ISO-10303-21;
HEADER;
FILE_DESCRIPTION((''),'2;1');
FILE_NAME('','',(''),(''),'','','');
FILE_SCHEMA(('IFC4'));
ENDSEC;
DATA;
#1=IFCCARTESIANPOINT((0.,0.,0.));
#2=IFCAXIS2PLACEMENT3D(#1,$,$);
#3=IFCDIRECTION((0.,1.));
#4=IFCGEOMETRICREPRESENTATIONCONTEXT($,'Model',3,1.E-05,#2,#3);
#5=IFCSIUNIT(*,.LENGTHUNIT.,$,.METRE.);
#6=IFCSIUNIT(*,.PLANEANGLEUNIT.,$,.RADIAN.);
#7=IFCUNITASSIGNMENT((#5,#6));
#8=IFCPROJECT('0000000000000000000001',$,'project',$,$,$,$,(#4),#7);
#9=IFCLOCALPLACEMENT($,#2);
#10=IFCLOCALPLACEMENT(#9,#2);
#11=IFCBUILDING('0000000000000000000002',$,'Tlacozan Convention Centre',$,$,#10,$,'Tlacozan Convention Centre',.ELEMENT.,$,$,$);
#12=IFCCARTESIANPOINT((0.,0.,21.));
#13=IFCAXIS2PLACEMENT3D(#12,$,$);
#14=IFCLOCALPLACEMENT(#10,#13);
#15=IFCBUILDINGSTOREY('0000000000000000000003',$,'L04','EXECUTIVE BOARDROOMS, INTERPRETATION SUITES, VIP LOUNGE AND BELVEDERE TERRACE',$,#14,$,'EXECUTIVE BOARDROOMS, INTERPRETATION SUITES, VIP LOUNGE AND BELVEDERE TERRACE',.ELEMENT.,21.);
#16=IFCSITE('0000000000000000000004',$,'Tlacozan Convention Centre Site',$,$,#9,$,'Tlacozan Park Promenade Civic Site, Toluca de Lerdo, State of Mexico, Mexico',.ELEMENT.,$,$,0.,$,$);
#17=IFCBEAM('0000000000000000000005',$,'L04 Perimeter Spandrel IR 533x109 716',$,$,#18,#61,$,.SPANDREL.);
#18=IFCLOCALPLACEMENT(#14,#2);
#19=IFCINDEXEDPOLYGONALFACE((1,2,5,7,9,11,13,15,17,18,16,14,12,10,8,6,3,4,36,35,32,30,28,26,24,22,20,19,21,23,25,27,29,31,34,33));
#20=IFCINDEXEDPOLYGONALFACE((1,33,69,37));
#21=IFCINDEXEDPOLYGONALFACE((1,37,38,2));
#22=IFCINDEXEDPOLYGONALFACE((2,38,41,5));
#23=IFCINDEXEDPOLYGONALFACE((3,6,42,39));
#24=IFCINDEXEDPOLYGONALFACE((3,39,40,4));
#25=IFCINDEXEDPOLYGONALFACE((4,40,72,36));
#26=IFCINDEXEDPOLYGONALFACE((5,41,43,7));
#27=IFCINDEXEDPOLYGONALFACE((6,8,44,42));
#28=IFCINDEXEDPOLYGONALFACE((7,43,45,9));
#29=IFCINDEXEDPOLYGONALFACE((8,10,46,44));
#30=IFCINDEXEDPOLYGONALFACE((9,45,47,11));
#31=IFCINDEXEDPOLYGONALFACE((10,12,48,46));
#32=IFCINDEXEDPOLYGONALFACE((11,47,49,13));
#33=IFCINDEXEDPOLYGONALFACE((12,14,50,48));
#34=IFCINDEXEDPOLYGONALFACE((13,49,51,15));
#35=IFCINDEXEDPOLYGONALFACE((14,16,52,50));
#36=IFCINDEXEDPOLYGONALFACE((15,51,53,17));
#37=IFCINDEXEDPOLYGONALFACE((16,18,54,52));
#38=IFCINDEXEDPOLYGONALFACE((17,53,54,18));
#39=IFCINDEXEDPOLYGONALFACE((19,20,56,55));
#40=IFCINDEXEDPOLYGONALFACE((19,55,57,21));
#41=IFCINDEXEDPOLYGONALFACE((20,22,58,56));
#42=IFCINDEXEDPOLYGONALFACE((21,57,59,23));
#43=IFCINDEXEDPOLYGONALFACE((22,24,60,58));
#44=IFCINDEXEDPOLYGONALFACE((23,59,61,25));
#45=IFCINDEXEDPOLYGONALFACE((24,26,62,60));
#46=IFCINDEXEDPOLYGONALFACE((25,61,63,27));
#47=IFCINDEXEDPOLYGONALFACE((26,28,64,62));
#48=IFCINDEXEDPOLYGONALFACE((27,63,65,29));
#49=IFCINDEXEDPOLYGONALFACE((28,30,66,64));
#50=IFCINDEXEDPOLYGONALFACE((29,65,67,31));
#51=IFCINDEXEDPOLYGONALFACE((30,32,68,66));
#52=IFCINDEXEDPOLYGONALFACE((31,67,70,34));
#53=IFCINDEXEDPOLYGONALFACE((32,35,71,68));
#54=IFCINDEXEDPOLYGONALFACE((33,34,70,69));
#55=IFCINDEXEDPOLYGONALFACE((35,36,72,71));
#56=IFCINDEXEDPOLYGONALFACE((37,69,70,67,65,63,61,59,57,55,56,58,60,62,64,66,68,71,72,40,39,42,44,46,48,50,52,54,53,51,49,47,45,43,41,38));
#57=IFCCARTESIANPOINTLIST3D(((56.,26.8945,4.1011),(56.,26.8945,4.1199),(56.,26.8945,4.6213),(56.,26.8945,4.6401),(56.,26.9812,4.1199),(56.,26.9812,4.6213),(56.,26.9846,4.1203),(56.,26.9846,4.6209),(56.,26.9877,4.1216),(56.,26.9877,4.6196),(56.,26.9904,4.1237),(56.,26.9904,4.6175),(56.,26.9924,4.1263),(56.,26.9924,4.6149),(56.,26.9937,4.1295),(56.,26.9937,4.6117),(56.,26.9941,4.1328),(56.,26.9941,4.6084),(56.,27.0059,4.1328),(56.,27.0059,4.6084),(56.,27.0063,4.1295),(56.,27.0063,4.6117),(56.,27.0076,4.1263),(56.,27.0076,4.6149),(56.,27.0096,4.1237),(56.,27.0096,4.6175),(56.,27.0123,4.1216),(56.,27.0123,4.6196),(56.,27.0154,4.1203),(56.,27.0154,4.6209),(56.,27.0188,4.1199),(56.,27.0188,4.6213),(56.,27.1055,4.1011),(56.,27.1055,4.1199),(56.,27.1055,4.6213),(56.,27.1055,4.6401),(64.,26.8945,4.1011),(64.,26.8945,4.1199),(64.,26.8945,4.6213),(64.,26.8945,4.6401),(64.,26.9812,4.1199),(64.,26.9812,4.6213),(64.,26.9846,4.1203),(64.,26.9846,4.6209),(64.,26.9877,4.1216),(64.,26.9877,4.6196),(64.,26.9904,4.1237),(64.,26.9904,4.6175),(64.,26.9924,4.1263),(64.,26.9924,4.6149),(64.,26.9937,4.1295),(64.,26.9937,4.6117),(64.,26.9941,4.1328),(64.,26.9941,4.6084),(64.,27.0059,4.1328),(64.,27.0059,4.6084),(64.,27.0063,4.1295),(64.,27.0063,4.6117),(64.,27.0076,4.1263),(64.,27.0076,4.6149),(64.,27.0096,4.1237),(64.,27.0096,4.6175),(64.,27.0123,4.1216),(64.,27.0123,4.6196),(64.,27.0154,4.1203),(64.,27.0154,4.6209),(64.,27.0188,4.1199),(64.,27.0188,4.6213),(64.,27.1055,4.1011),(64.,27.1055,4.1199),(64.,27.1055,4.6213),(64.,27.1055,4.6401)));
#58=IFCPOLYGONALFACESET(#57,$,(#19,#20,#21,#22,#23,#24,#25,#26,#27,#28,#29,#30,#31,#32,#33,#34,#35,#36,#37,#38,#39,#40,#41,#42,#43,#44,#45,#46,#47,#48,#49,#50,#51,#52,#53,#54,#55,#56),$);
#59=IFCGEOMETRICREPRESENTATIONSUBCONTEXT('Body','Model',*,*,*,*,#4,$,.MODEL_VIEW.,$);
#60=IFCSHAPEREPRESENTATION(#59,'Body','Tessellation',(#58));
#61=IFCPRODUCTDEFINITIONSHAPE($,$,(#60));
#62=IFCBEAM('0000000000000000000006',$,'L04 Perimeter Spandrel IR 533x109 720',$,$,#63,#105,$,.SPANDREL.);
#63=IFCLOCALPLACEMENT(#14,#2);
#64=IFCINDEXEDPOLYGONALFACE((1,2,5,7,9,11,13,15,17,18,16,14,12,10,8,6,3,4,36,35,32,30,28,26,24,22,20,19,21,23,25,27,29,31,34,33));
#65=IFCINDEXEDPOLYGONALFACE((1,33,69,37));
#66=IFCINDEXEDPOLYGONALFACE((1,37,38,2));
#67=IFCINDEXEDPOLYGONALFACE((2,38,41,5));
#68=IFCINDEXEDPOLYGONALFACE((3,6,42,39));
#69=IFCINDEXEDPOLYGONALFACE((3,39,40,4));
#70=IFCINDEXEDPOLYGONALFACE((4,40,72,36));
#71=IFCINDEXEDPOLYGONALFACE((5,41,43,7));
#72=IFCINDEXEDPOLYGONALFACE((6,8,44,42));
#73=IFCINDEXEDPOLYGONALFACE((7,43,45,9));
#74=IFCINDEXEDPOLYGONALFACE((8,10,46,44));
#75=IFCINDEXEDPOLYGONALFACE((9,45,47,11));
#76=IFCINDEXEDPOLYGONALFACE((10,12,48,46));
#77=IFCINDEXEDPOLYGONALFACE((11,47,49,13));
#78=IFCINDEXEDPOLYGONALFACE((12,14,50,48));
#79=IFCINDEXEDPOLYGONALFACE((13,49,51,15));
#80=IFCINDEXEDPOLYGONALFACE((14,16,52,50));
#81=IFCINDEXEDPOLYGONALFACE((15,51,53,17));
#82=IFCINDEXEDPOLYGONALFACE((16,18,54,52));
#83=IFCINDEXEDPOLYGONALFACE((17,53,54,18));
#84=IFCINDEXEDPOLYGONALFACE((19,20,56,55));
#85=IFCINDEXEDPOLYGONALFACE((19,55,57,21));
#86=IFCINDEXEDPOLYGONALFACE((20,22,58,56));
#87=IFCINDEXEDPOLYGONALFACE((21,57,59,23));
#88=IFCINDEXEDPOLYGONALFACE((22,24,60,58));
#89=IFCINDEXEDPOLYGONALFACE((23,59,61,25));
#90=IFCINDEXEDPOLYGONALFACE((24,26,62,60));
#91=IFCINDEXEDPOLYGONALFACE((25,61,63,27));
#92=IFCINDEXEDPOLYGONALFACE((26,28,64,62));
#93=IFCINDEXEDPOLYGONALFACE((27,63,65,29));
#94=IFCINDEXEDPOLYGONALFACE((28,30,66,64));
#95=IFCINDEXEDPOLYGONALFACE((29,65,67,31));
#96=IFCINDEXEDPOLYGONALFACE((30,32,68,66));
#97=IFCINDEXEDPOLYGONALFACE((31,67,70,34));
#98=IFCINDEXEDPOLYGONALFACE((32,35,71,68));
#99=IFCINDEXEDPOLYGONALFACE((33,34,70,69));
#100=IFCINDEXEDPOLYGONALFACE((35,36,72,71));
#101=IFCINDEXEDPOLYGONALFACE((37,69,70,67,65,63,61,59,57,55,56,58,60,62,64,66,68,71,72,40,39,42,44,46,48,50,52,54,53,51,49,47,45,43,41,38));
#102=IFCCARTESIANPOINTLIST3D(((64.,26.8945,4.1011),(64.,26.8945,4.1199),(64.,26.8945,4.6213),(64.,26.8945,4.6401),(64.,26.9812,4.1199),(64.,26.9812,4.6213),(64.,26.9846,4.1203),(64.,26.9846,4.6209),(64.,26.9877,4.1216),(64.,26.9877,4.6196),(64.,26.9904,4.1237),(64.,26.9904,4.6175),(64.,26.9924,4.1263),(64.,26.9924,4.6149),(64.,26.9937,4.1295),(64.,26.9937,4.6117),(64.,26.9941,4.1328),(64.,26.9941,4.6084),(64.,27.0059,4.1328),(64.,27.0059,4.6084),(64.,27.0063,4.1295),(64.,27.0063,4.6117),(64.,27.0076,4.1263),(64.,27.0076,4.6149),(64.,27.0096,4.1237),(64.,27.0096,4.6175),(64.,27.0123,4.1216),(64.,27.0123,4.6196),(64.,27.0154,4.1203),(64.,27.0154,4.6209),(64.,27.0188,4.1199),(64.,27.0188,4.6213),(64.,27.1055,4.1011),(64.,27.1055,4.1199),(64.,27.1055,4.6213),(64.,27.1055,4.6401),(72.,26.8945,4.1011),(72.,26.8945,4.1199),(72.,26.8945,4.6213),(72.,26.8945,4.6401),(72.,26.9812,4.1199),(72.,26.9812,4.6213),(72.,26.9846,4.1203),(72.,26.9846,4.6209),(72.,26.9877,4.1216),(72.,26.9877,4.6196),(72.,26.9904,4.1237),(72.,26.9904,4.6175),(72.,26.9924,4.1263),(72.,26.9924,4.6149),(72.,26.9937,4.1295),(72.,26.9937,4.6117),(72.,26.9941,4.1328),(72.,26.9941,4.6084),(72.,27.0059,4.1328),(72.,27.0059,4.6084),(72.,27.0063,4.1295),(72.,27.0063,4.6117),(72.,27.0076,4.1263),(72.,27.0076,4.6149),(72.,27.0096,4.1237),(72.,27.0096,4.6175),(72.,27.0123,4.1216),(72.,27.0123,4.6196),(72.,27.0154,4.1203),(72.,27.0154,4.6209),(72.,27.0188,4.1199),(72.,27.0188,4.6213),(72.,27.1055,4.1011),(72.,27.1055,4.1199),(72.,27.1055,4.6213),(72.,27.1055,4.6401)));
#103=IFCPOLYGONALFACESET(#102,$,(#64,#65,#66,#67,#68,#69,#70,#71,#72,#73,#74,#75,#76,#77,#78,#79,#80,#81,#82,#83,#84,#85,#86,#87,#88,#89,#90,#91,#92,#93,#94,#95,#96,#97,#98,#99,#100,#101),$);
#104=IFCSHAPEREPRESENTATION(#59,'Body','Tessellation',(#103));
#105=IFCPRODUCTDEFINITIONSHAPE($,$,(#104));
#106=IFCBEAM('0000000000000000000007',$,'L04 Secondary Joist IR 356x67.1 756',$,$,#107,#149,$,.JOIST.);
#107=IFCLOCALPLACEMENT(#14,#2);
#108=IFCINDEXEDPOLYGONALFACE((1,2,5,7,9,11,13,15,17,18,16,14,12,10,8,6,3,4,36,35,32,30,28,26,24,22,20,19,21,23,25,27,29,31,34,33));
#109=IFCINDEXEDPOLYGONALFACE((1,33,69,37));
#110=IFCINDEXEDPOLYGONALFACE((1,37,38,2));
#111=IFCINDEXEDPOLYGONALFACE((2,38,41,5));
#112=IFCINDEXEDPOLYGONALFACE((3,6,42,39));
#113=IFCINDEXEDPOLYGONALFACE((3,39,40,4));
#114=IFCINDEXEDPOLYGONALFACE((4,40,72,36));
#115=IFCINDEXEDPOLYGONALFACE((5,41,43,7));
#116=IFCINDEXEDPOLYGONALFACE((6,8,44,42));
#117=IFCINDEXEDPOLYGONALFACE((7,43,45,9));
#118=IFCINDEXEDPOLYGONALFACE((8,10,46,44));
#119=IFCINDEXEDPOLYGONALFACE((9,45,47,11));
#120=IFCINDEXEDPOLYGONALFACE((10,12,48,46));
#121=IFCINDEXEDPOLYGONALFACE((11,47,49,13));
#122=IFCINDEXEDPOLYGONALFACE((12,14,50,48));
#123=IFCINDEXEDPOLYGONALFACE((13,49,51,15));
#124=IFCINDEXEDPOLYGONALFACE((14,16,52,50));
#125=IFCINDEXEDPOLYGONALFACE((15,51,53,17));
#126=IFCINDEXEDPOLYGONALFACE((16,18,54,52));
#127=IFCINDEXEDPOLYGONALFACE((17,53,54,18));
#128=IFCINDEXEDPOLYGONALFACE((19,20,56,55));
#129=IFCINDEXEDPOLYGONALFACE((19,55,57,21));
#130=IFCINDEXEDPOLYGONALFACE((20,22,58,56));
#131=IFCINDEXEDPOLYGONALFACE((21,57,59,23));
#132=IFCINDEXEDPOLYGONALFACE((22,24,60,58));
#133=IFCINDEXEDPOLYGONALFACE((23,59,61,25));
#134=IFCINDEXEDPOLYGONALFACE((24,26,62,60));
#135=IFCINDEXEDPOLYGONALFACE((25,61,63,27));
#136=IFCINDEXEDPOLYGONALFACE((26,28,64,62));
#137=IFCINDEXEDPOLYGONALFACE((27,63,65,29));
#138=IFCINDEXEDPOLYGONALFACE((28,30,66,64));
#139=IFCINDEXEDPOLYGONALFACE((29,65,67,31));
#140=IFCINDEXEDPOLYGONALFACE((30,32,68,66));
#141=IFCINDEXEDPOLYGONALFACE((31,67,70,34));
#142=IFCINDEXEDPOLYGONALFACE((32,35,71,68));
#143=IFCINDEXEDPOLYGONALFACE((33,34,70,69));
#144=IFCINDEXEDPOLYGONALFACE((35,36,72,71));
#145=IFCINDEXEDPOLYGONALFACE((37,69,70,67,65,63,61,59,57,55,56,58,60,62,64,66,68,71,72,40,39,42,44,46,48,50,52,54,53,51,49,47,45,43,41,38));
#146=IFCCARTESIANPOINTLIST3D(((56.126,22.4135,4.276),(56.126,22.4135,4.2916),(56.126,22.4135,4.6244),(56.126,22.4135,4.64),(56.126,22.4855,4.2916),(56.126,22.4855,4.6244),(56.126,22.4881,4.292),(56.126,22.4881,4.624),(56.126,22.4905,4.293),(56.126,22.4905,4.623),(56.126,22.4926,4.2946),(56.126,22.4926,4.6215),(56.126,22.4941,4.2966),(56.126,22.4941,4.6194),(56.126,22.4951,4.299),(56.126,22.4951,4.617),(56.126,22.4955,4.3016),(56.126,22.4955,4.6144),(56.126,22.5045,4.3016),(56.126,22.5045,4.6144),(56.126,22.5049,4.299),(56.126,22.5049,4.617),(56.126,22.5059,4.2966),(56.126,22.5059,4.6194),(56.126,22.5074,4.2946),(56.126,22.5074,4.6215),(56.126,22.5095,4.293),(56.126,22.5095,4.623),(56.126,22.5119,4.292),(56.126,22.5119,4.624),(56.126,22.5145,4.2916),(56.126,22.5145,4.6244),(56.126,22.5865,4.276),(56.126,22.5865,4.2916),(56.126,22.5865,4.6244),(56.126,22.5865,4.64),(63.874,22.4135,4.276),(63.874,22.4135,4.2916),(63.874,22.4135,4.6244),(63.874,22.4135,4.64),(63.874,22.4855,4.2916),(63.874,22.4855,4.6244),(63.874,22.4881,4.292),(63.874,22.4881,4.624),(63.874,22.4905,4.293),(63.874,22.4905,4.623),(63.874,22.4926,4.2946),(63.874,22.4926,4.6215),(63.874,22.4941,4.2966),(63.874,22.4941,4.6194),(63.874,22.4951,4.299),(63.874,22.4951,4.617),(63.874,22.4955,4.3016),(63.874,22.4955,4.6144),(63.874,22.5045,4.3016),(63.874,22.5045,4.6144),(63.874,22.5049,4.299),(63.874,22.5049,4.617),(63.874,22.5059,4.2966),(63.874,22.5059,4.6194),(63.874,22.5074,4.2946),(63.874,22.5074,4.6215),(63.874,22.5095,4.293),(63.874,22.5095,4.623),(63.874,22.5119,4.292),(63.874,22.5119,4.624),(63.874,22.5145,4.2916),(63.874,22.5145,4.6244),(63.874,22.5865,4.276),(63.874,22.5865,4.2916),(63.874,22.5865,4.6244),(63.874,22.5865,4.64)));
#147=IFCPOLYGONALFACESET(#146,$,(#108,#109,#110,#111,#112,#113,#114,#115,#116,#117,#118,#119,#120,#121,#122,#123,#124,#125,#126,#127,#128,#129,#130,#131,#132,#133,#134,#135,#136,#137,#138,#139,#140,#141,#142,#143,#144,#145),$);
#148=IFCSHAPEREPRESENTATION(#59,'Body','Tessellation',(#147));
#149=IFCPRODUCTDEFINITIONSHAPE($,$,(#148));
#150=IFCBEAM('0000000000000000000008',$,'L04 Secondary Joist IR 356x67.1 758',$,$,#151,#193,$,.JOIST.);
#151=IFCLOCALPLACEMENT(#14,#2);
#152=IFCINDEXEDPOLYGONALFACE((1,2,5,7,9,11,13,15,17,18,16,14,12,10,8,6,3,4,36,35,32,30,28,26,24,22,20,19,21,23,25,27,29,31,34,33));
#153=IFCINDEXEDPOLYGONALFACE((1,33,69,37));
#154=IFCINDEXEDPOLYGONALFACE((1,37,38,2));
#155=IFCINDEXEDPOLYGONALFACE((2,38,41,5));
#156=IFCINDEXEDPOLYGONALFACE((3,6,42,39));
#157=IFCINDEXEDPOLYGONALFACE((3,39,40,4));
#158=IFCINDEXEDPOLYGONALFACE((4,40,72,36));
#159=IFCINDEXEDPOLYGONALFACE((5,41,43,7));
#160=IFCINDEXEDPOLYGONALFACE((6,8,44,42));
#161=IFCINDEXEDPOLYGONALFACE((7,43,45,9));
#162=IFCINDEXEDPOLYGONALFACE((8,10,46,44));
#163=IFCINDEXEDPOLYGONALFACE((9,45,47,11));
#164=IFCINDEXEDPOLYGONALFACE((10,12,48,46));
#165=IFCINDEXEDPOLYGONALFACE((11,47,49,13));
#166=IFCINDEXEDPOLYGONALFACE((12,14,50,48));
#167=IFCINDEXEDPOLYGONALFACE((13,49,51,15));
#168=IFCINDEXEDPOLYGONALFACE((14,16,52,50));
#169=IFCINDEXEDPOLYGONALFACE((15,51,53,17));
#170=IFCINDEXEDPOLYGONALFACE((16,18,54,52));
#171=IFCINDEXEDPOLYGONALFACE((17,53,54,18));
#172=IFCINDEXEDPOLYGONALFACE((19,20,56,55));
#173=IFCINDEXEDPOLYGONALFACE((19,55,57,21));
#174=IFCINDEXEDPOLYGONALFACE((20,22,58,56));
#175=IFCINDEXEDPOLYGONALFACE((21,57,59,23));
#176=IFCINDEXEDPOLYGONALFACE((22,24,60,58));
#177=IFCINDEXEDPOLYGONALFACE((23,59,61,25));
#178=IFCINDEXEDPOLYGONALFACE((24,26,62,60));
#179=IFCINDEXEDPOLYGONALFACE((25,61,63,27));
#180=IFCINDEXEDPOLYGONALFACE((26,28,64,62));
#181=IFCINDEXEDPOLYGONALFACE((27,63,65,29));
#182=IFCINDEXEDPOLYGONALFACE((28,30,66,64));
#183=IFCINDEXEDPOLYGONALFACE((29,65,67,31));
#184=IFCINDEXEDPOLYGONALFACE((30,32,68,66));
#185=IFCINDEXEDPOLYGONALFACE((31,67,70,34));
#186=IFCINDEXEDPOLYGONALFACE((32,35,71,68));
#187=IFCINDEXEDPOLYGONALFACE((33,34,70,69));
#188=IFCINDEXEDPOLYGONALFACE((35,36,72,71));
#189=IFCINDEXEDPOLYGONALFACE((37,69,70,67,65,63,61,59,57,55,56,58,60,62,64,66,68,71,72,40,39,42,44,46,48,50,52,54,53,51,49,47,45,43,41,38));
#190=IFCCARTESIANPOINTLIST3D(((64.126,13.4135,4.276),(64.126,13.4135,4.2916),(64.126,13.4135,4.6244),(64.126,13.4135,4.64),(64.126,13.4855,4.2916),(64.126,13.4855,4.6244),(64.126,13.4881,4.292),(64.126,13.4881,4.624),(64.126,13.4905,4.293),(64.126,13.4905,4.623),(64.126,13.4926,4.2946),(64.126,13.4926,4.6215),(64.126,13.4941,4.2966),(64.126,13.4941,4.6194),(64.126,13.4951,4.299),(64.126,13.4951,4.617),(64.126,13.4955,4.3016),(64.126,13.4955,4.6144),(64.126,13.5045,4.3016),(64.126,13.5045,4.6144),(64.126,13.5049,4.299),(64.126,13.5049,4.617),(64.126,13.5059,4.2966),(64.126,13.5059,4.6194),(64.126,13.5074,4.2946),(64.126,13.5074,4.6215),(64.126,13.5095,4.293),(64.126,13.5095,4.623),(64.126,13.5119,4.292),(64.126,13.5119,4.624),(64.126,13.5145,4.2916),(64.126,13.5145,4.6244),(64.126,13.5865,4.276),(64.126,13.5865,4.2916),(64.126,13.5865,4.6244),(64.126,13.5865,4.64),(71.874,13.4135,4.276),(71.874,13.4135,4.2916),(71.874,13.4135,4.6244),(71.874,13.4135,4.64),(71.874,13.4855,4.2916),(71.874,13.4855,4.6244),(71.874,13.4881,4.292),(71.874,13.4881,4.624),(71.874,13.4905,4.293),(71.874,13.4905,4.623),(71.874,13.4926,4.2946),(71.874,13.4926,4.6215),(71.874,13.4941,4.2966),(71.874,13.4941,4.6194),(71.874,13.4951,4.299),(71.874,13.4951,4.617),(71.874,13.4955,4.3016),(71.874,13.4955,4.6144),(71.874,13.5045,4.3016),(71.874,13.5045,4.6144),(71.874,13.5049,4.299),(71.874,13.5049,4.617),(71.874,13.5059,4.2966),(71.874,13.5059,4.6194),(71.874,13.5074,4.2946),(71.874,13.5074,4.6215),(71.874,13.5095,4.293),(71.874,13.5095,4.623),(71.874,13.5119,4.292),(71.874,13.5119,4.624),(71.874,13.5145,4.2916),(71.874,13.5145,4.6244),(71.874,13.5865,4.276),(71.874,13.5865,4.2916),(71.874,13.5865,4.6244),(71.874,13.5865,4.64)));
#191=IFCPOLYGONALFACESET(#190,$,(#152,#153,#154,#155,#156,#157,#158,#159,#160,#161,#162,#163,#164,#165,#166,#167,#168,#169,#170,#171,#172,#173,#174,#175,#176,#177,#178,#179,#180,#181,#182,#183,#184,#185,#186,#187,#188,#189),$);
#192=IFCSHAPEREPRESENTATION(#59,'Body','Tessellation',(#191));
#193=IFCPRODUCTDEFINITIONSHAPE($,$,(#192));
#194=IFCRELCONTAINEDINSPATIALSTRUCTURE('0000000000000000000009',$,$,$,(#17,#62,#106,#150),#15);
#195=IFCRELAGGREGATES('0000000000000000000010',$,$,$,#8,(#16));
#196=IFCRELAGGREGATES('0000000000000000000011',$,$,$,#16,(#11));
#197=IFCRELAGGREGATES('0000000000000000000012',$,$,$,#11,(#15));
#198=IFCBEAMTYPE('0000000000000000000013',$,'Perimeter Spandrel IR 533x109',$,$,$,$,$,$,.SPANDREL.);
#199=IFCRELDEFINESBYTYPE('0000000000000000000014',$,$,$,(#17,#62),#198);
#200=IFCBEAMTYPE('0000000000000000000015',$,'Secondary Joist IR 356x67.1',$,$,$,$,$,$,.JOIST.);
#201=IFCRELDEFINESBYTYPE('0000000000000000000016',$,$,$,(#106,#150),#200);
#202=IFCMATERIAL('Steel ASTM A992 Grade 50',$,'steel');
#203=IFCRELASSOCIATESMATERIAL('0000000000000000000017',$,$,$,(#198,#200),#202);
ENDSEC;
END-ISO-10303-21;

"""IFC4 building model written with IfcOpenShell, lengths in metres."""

from ifc_helpers import new_model, si_unit, direction, frame, origin, origin_2d, place, context, subcontext, project, spatial, i_section, extrude, material, material_profile, profile_set, type_object, element, save


model = new_model("IFC4")

# Units and contexts
model_context = context("Model", 3, precision=1e-05, world=origin(), true_north=direction((0.0, 1.0)))
body_context = subcontext(model_context, "Body", "Model", "MODEL_VIEW")
ifc_project = project(units=[si_unit("LENGTHUNIT", "METRE"), si_unit("PLANEANGLEUNIT", "RADIAN")], contexts=[model_context])

# Site, building, storey
site_placement = place(None, origin())
site = spatial("IfcSite", under=ifc_project, at=site_placement, Name="Tlacozan Convention Centre Site", LongName="Tlacozan Park Promenade Civic Site, Toluca de Lerdo, State of Mexico, Mexico", CompositionType="ELEMENT", RefElevation=0.0)
building_placement = place(site_placement, origin())
building = spatial("IfcBuilding", under=site, at=building_placement, Name="Tlacozan Convention Centre", LongName="Tlacozan Convention Centre", CompositionType="ELEMENT")
storey_placement = place(building_placement, frame((0.0, 0.0, 21.0)))
storey = spatial("IfcBuildingStorey", under=building, at=storey_placement, Name="L04", Description="EXECUTIVE BOARDROOMS, INTERPRETATION SUITES, VIP LOUNGE AND BELVEDERE TERRACE", LongName="EXECUTIVE BOARDROOMS, INTERPRETATION SUITES, VIP LOUNGE AND BELVEDERE TERRACE", CompositionType="ELEMENT", Elevation=21.0)

# Beams
ifc_material_1 = material(Name="Steel ASTM A992 Grade 50", Category="steel")
ifc_material_profile_1 = material_profile(ifc_material_1, i_section(OverallWidth=0.2109, OverallDepth=0.5391, WebThickness=0.0117, FlangeThickness=0.0188, FilletRadius=0.0129, at=origin_2d()), Name="IR 533x109.0")
ifc_profile_set_1 = profile_set([ifc_material_profile_1], Name="Steel ASTM A992 Grade 50")
beam_type_1 = type_object("IfcBeamType", Name="Perimeter Spandrel IR 533x109", PredefinedType="SPANDREL", material=ifc_profile_set_1)
for number, where, z_axis, x_axis, name in (
    (1, (56.0, 27.0, 4.3706), (1.0, 0.0, 0.0), (0.0, 1.0, 0.0), "L04 Perimeter Spandrel IR 533x109 716"),
    (2, (64.0, 27.0, 4.3706), (1.0, 0.0, 0.0), (0.0, 1.0, 0.0), "L04 Perimeter Spandrel IR 533x109 720"),
):
    element("IfcBeam", number, at=place(storey_placement, frame(where, z_axis=z_axis, x_axis=x_axis)), inside=storey, type_object=beam_type_1, Name=name, PredefinedType="SPANDREL", context=body_context, shape_type="SweptSolid", body=[
        extrude(i_section(OverallWidth=0.2109, OverallDepth=0.5391, WebThickness=0.0117, FlangeThickness=0.0188, FilletRadius=0.0129, at=origin_2d()), origin(), (0.0, 0.0, 1.0), 8.0),
    ])
ifc_material_profile_2 = material_profile(ifc_material_1, i_section(OverallWidth=0.1731, OverallDepth=0.364, WebThickness=0.009, FlangeThickness=0.0156, FilletRadius=0.01, at=origin_2d()), Name="IR 356x67.1")
ifc_profile_set_2 = profile_set([ifc_material_profile_2], Name="Steel ASTM A992 Grade 50")
beam_type_2 = type_object("IfcBeamType", Name="Secondary Joist IR 356x67.1", PredefinedType="JOIST", material=ifc_profile_set_2)
for number, where, z_axis, x_axis, name in (
    (3, (56.126, 22.5, 4.458), (1.0, 0.0, 0.0), (0.0, 1.0, 0.0), "L04 Secondary Joist IR 356x67.1 756"),
    (4, (64.126, 13.5, 4.458), (1.0, 0.0, 0.0), (0.0, 1.0, 0.0), "L04 Secondary Joist IR 356x67.1 758"),
):
    element("IfcBeam", number, at=place(storey_placement, frame(where, z_axis=z_axis, x_axis=x_axis)), inside=storey, type_object=beam_type_2, Name=name, PredefinedType="JOIST", context=body_context, shape_type="SweptSolid", body=[
        extrude(i_section(OverallWidth=0.1731, OverallDepth=0.364, WebThickness=0.009, FlangeThickness=0.0156, FilletRadius=0.01, at=origin_2d()), origin(), (0.0, 0.0, 1.0), 7.748),
    ])

save(model, "model.ifc")
